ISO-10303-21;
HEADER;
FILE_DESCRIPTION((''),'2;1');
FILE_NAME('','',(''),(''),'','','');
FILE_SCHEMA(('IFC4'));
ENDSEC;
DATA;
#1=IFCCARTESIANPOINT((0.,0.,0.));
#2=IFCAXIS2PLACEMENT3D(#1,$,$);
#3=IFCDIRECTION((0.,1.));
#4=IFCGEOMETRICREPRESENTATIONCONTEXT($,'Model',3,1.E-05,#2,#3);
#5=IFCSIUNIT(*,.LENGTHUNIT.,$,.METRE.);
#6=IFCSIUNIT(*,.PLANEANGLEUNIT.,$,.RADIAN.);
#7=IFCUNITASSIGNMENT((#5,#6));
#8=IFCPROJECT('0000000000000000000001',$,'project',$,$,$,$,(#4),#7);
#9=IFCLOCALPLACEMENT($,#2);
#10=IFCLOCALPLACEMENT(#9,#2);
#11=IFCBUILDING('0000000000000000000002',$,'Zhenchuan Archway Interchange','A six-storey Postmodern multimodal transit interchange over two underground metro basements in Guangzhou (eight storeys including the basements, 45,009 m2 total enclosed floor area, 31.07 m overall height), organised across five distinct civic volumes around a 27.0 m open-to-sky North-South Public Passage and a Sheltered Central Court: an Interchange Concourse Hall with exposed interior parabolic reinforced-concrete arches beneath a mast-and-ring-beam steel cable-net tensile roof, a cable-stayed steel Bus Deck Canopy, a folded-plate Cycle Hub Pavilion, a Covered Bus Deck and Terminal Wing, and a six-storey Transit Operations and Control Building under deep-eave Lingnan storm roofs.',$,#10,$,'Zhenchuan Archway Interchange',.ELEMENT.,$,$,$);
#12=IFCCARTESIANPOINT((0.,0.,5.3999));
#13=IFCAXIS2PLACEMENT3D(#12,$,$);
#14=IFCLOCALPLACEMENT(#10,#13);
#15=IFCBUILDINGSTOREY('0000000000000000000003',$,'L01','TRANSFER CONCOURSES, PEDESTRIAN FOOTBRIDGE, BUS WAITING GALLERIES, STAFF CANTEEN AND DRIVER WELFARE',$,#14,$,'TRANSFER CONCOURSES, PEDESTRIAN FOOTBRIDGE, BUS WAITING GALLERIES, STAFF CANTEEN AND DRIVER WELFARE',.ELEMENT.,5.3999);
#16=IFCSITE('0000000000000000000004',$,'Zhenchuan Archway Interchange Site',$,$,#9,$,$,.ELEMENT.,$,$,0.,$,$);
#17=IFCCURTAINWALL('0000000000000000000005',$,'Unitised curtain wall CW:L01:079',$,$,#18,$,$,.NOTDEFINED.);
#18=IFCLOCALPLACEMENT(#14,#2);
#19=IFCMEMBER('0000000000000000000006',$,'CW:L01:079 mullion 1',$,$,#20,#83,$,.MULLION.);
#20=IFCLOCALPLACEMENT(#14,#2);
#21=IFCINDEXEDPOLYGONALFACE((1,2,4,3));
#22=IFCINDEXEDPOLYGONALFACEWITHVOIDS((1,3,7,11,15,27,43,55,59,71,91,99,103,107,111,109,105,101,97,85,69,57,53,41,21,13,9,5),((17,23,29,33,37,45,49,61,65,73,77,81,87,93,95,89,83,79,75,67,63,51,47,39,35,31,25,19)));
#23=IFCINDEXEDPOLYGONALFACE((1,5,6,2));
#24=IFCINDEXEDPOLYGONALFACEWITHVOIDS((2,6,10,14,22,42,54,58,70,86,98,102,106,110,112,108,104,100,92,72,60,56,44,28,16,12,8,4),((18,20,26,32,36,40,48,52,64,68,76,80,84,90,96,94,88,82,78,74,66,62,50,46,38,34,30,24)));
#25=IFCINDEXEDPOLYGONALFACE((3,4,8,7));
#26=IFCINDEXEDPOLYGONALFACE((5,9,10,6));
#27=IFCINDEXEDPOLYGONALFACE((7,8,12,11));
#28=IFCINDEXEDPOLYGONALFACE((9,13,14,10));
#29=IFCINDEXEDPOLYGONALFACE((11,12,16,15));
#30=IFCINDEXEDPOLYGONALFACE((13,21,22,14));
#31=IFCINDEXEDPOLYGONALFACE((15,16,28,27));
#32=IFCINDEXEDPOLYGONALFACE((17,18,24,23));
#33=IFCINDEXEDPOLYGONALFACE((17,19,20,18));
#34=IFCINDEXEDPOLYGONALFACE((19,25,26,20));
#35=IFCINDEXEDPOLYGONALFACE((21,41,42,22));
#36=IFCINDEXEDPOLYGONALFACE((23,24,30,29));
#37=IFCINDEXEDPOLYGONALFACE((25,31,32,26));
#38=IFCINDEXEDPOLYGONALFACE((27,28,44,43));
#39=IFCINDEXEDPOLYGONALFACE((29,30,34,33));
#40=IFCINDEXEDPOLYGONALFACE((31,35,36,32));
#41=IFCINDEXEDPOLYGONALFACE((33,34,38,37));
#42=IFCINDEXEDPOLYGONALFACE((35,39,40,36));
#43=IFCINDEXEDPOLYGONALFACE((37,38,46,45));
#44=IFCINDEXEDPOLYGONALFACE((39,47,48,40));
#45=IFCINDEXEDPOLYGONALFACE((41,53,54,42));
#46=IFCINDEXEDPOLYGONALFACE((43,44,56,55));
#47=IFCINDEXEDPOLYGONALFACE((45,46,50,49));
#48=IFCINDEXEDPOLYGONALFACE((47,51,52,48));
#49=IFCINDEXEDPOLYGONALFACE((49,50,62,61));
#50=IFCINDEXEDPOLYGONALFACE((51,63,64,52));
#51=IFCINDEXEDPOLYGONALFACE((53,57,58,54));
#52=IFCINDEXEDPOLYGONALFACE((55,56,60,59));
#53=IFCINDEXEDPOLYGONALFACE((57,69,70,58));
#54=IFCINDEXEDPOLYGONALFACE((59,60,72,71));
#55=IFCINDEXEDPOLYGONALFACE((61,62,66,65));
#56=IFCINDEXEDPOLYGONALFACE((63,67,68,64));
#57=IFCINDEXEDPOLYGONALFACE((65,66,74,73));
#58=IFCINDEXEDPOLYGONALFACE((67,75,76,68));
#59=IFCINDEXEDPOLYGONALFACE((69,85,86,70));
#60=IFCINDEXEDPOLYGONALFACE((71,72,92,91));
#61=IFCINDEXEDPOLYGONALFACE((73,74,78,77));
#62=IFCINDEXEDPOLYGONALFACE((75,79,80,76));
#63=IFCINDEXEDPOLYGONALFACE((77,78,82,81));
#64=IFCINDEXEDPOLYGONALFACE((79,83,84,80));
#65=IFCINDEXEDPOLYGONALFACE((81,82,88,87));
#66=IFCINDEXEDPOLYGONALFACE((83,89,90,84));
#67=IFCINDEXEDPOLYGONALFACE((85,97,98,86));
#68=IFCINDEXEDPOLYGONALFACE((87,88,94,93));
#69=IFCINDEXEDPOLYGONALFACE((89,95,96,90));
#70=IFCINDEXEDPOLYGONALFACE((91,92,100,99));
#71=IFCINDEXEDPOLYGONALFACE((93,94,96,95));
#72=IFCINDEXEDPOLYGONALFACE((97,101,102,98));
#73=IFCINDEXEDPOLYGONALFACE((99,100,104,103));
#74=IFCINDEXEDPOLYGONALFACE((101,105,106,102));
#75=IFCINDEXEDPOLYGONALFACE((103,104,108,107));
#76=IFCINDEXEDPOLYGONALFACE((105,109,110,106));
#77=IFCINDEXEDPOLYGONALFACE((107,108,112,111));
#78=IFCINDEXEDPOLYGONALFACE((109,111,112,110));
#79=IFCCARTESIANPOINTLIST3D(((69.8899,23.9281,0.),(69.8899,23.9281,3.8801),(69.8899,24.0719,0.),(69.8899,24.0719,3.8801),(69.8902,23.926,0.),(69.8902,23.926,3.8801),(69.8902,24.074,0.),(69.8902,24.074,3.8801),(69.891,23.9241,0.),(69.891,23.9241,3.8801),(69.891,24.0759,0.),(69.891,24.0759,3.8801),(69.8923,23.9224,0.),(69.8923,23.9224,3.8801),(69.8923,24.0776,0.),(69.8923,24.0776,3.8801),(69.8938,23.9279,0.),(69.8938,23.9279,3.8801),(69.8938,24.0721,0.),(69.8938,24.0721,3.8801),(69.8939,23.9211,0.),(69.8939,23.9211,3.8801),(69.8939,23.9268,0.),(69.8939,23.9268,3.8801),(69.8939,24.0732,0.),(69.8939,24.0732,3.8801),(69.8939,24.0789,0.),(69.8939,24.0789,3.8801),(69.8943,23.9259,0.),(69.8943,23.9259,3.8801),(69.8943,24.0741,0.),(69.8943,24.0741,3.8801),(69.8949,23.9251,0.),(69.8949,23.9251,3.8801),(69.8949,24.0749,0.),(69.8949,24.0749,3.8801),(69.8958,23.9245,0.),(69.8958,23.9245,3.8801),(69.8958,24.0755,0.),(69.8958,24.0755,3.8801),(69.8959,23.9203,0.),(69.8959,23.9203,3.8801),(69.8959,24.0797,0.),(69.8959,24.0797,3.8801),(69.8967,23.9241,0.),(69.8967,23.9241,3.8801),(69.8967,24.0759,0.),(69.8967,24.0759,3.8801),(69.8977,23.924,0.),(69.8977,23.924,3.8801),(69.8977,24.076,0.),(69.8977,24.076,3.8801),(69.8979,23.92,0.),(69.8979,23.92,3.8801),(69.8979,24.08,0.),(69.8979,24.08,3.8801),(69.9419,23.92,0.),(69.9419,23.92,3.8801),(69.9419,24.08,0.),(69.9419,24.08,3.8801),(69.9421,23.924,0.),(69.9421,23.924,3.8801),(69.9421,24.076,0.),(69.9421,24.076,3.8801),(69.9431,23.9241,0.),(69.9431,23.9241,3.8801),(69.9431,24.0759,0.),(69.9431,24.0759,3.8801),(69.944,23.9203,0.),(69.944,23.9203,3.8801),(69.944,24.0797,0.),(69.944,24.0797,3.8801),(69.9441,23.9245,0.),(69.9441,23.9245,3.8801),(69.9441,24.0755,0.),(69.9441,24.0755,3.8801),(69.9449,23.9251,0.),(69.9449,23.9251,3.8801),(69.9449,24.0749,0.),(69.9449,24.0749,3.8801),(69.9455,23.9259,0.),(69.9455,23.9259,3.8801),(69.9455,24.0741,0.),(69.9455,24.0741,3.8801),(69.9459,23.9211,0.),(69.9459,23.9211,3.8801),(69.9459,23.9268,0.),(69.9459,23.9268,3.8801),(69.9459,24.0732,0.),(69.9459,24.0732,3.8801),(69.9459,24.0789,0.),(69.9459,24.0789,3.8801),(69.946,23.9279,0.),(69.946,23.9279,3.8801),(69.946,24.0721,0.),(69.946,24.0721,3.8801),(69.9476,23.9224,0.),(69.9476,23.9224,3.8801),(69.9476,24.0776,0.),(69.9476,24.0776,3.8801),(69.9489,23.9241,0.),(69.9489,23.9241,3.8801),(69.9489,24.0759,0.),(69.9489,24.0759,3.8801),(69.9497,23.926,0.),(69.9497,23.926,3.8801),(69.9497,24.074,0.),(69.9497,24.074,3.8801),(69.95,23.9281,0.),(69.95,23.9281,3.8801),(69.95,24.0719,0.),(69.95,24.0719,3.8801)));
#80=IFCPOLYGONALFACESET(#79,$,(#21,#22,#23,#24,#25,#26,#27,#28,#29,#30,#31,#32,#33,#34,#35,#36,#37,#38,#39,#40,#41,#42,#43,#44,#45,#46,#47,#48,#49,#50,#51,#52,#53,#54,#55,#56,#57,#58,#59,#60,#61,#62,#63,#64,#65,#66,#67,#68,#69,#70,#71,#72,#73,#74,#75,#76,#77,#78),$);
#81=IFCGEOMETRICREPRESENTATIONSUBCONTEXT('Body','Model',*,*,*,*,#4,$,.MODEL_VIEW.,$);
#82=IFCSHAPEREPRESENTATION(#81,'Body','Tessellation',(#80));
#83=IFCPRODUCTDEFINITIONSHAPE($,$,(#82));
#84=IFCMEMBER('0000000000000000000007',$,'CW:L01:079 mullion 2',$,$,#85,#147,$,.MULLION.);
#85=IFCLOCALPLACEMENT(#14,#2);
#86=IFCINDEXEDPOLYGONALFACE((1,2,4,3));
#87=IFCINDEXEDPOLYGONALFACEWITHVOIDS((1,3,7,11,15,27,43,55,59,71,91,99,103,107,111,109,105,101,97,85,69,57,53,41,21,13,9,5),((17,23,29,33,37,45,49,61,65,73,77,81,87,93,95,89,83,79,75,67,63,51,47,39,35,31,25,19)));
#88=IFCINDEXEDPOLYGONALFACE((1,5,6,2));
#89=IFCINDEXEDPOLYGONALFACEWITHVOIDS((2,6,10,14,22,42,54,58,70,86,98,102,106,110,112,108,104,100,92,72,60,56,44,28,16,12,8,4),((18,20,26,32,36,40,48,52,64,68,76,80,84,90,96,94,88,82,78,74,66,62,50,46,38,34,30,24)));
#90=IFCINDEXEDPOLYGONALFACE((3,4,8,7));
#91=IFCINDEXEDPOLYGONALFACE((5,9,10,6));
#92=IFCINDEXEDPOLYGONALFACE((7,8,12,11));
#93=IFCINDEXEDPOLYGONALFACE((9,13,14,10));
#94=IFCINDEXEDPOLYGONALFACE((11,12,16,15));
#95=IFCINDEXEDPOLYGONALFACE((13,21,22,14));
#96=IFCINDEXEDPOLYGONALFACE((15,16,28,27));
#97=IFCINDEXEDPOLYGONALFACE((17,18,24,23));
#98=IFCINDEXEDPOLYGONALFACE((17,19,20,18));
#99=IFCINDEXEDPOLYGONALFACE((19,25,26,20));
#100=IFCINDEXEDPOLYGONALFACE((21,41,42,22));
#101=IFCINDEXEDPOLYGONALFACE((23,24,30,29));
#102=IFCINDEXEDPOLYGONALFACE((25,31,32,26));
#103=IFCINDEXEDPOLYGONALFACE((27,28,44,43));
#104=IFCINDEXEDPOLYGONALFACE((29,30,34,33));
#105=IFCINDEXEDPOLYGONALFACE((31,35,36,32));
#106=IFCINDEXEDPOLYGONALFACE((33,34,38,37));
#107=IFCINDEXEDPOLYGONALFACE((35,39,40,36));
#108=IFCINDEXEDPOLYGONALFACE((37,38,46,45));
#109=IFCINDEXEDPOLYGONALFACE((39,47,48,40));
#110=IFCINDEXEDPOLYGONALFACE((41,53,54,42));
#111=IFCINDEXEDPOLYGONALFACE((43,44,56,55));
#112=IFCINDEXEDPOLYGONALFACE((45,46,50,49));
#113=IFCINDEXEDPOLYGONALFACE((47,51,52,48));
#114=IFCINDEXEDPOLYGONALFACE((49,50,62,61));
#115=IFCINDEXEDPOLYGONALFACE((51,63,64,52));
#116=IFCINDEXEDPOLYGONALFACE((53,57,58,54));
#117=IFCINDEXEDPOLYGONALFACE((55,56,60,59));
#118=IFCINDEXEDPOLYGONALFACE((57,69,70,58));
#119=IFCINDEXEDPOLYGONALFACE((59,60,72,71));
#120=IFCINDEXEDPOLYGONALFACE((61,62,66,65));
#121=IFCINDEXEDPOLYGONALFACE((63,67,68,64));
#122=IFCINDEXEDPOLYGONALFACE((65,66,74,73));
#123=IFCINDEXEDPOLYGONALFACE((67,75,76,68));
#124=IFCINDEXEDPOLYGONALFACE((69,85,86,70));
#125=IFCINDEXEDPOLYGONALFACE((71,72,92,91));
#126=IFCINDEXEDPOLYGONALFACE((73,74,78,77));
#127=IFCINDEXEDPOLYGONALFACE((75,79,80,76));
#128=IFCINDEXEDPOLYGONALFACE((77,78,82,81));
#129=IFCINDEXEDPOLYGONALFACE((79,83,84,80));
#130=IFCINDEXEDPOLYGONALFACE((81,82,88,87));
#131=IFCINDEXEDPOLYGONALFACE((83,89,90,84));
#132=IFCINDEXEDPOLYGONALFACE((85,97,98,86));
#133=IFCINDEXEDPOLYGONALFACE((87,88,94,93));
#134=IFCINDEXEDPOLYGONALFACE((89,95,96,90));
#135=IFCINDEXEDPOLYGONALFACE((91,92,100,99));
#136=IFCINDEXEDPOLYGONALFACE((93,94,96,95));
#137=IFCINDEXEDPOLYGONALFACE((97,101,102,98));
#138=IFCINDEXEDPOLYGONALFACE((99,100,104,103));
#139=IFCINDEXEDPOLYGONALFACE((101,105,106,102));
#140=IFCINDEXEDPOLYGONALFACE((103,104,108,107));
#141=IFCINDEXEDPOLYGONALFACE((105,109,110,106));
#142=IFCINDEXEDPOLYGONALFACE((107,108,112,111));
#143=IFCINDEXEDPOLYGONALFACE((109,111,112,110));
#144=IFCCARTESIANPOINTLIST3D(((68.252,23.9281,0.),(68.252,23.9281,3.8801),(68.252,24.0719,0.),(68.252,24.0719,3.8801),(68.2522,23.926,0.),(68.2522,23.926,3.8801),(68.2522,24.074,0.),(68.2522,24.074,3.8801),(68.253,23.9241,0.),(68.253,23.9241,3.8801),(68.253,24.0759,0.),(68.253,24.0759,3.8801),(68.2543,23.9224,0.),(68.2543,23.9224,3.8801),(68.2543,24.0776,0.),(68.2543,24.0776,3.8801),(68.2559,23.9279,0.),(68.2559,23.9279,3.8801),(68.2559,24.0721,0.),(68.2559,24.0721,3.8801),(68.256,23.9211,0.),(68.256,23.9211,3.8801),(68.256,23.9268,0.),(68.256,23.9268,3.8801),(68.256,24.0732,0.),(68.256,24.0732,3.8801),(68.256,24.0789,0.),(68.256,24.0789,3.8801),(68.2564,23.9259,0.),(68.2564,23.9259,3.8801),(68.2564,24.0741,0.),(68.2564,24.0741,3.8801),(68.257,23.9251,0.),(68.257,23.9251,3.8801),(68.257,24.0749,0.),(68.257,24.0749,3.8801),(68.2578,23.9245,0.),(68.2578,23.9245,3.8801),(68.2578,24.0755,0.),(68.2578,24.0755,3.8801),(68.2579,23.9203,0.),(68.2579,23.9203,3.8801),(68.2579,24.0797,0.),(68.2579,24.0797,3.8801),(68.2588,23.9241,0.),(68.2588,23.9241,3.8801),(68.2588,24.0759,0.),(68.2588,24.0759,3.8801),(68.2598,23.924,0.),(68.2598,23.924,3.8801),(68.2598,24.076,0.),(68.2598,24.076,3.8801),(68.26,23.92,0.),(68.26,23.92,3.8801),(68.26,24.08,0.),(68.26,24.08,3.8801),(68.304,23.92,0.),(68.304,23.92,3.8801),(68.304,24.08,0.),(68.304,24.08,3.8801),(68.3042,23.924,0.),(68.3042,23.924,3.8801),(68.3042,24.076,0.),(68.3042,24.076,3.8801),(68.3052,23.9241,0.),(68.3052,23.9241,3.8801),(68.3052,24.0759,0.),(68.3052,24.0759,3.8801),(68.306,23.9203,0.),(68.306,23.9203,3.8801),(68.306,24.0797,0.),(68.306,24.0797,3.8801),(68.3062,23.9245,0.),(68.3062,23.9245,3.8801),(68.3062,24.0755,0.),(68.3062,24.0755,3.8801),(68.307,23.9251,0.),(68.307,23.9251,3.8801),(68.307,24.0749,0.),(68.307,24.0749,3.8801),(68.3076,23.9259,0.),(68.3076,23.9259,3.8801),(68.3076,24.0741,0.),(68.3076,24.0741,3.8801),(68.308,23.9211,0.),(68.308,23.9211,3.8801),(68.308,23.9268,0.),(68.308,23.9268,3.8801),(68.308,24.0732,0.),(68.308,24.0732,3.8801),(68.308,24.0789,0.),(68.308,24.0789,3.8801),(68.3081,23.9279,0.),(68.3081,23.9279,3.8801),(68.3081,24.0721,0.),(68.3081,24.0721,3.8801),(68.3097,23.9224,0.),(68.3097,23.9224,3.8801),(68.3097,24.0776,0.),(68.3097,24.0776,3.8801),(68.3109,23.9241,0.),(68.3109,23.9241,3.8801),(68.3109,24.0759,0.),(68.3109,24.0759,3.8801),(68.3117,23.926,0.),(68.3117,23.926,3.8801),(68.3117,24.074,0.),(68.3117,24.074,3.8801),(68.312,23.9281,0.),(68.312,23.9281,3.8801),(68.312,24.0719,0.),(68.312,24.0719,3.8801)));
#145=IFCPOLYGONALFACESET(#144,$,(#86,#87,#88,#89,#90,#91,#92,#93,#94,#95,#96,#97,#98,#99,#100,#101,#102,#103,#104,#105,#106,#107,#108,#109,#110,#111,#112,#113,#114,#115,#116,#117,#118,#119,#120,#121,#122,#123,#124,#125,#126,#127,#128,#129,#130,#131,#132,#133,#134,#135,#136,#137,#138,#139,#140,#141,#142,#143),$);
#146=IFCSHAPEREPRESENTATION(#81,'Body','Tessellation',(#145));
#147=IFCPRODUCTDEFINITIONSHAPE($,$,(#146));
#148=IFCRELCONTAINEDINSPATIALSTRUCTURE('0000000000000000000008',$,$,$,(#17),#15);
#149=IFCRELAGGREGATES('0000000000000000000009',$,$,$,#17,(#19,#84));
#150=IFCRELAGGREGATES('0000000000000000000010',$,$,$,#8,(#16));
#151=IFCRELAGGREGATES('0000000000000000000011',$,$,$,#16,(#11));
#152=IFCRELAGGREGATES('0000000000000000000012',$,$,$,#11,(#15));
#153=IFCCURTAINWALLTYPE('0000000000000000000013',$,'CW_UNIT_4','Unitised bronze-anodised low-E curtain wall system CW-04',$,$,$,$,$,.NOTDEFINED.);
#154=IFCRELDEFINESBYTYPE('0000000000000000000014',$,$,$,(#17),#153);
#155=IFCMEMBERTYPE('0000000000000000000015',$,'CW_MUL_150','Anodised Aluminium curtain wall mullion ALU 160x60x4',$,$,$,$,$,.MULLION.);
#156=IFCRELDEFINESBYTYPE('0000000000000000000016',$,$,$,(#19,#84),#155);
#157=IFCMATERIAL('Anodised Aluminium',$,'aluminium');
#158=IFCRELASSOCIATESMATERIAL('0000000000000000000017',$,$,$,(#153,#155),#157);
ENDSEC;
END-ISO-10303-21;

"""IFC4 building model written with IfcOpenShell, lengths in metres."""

from ifc_helpers import new_model, si_unit, direction, frame, origin, origin_2d, place, context, subcontext, project, spatial, hollow_rectangle, extrude, material, material_profile, profile_set, type_object, element, aggregate, save


model = new_model("IFC4")

# Units and contexts
model_context = context("Model", 3, precision=1e-05, world=origin(), true_north=direction((0.0, 1.0)))
body_context = subcontext(model_context, "Body", "Model", "MODEL_VIEW")
ifc_project = project(units=[si_unit("LENGTHUNIT", "METRE"), si_unit("PLANEANGLEUNIT", "RADIAN")], contexts=[model_context])

# Site, building, storey
site_placement = place(None, origin())
site = spatial("IfcSite", under=ifc_project, at=site_placement, Name="Zhenchuan Archway Interchange Site", CompositionType="ELEMENT", RefElevation=0.0)
building_placement = place(site_placement, origin())
building = spatial("IfcBuilding", under=site, at=building_placement, Name="Zhenchuan Archway Interchange", Description="A six-storey Postmodern multimodal transit interchange over two underground metro basements in Guangzhou (eight storeys including the basements, 45,009 m2 total enclosed floor area, 31.07 m overall height), organised across five distinct civic volumes around a 27.0 m open-to-sky North-South Public Passage and a Sheltered Central Court: an Interchange Concourse Hall with exposed interior parabolic reinforced-concrete arches beneath a mast-and-ring-beam steel cable-net tensile roof, a cable-stayed steel Bus Deck Canopy, a folded-plate Cycle Hub Pavilion, a Covered Bus Deck and Terminal Wing, and a six-storey Transit Operations and Control Building under deep-eave Lingnan storm roofs.", LongName="Zhenchuan Archway Interchange", CompositionType="ELEMENT")
storey_placement = place(building_placement, frame((0.0, 0.0, 5.3999)))
storey = spatial("IfcBuildingStorey", under=building, at=storey_placement, Name="L01", Description="TRANSFER CONCOURSES, PEDESTRIAN FOOTBRIDGE, BUS WAITING GALLERIES, STAFF CANTEEN AND DRIVER WELFARE", LongName="TRANSFER CONCOURSES, PEDESTRIAN FOOTBRIDGE, BUS WAITING GALLERIES, STAFF CANTEEN AND DRIVER WELFARE", CompositionType="ELEMENT", Elevation=5.3999)

# Curtain wall, members
ifc_material_1 = material(Name="Anodised Aluminium", Category="aluminium")
curtain_wall_type = type_object("IfcCurtainWallType", Name="CW_UNIT_4", Description="Unitised bronze-anodised low-E curtain wall system CW-04", PredefinedType="NOTDEFINED", material=ifc_material_1)
curtain_wall_placement = place(storey_placement, origin())
curtain_wall = element("IfcCurtainWall", 1, at=curtain_wall_placement, inside=storey, type_object=curtain_wall_type, Name="Unitised curtain wall CW:L01:079", PredefinedType="NOTDEFINED")
ifc_material_profile_1 = material_profile(ifc_material_1, hollow_rectangle(XDim=0.0601, YDim=0.1599, WallThickness=0.0039, InnerFilletRadius=0.0039, OuterFilletRadius=0.0081, at=origin_2d()), Name="ALU 160x60x4")
ifc_profile_set_1 = profile_set([ifc_material_profile_1], Name="Anodised Aluminium")
member_type_1 = type_object("IfcMemberType", Name="CW_MUL_150", Description="Anodised Aluminium curtain wall mullion ALU 160x60x4", PredefinedType="MULLION", material=ifc_profile_set_1)
member_1_placement = place(storey_placement, frame((69.9199, 24.0, 0.0), z_axis=(0.0, 0.0, 1.0), x_axis=(1.0, 0.0, 0.0)))
member_1 = element("IfcMember", 2, at=member_1_placement, type_object=member_type_1, Name="CW:L01:079 mullion 1", PredefinedType="MULLION", context=body_context, shape_type="SweptSolid", body=[
    extrude(hollow_rectangle(XDim=0.0601, YDim=0.1599, WallThickness=0.0039, InnerFilletRadius=0.0039, OuterFilletRadius=0.0081, at=origin_2d()), origin(), (0.0, 0.0, 1.0), 3.8801),
])
member_2_placement = place(storey_placement, frame((68.282, 24.0, 0.0), z_axis=(0.0, 0.0, 1.0), x_axis=(1.0, 0.0, 0.0)))
member_2 = element("IfcMember", 3, at=member_2_placement, type_object=member_type_1, Name="CW:L01:079 mullion 2", PredefinedType="MULLION", context=body_context, shape_type="SweptSolid", body=[
    extrude(hollow_rectangle(XDim=0.0601, YDim=0.1599, WallThickness=0.0039, InnerFilletRadius=0.0039, OuterFilletRadius=0.0081, at=origin_2d()), origin(), (0.0, 0.0, 1.0), 3.8801),
])

aggregate(curtain_wall, [member_1, member_2])

save(model, "model.ifc")
